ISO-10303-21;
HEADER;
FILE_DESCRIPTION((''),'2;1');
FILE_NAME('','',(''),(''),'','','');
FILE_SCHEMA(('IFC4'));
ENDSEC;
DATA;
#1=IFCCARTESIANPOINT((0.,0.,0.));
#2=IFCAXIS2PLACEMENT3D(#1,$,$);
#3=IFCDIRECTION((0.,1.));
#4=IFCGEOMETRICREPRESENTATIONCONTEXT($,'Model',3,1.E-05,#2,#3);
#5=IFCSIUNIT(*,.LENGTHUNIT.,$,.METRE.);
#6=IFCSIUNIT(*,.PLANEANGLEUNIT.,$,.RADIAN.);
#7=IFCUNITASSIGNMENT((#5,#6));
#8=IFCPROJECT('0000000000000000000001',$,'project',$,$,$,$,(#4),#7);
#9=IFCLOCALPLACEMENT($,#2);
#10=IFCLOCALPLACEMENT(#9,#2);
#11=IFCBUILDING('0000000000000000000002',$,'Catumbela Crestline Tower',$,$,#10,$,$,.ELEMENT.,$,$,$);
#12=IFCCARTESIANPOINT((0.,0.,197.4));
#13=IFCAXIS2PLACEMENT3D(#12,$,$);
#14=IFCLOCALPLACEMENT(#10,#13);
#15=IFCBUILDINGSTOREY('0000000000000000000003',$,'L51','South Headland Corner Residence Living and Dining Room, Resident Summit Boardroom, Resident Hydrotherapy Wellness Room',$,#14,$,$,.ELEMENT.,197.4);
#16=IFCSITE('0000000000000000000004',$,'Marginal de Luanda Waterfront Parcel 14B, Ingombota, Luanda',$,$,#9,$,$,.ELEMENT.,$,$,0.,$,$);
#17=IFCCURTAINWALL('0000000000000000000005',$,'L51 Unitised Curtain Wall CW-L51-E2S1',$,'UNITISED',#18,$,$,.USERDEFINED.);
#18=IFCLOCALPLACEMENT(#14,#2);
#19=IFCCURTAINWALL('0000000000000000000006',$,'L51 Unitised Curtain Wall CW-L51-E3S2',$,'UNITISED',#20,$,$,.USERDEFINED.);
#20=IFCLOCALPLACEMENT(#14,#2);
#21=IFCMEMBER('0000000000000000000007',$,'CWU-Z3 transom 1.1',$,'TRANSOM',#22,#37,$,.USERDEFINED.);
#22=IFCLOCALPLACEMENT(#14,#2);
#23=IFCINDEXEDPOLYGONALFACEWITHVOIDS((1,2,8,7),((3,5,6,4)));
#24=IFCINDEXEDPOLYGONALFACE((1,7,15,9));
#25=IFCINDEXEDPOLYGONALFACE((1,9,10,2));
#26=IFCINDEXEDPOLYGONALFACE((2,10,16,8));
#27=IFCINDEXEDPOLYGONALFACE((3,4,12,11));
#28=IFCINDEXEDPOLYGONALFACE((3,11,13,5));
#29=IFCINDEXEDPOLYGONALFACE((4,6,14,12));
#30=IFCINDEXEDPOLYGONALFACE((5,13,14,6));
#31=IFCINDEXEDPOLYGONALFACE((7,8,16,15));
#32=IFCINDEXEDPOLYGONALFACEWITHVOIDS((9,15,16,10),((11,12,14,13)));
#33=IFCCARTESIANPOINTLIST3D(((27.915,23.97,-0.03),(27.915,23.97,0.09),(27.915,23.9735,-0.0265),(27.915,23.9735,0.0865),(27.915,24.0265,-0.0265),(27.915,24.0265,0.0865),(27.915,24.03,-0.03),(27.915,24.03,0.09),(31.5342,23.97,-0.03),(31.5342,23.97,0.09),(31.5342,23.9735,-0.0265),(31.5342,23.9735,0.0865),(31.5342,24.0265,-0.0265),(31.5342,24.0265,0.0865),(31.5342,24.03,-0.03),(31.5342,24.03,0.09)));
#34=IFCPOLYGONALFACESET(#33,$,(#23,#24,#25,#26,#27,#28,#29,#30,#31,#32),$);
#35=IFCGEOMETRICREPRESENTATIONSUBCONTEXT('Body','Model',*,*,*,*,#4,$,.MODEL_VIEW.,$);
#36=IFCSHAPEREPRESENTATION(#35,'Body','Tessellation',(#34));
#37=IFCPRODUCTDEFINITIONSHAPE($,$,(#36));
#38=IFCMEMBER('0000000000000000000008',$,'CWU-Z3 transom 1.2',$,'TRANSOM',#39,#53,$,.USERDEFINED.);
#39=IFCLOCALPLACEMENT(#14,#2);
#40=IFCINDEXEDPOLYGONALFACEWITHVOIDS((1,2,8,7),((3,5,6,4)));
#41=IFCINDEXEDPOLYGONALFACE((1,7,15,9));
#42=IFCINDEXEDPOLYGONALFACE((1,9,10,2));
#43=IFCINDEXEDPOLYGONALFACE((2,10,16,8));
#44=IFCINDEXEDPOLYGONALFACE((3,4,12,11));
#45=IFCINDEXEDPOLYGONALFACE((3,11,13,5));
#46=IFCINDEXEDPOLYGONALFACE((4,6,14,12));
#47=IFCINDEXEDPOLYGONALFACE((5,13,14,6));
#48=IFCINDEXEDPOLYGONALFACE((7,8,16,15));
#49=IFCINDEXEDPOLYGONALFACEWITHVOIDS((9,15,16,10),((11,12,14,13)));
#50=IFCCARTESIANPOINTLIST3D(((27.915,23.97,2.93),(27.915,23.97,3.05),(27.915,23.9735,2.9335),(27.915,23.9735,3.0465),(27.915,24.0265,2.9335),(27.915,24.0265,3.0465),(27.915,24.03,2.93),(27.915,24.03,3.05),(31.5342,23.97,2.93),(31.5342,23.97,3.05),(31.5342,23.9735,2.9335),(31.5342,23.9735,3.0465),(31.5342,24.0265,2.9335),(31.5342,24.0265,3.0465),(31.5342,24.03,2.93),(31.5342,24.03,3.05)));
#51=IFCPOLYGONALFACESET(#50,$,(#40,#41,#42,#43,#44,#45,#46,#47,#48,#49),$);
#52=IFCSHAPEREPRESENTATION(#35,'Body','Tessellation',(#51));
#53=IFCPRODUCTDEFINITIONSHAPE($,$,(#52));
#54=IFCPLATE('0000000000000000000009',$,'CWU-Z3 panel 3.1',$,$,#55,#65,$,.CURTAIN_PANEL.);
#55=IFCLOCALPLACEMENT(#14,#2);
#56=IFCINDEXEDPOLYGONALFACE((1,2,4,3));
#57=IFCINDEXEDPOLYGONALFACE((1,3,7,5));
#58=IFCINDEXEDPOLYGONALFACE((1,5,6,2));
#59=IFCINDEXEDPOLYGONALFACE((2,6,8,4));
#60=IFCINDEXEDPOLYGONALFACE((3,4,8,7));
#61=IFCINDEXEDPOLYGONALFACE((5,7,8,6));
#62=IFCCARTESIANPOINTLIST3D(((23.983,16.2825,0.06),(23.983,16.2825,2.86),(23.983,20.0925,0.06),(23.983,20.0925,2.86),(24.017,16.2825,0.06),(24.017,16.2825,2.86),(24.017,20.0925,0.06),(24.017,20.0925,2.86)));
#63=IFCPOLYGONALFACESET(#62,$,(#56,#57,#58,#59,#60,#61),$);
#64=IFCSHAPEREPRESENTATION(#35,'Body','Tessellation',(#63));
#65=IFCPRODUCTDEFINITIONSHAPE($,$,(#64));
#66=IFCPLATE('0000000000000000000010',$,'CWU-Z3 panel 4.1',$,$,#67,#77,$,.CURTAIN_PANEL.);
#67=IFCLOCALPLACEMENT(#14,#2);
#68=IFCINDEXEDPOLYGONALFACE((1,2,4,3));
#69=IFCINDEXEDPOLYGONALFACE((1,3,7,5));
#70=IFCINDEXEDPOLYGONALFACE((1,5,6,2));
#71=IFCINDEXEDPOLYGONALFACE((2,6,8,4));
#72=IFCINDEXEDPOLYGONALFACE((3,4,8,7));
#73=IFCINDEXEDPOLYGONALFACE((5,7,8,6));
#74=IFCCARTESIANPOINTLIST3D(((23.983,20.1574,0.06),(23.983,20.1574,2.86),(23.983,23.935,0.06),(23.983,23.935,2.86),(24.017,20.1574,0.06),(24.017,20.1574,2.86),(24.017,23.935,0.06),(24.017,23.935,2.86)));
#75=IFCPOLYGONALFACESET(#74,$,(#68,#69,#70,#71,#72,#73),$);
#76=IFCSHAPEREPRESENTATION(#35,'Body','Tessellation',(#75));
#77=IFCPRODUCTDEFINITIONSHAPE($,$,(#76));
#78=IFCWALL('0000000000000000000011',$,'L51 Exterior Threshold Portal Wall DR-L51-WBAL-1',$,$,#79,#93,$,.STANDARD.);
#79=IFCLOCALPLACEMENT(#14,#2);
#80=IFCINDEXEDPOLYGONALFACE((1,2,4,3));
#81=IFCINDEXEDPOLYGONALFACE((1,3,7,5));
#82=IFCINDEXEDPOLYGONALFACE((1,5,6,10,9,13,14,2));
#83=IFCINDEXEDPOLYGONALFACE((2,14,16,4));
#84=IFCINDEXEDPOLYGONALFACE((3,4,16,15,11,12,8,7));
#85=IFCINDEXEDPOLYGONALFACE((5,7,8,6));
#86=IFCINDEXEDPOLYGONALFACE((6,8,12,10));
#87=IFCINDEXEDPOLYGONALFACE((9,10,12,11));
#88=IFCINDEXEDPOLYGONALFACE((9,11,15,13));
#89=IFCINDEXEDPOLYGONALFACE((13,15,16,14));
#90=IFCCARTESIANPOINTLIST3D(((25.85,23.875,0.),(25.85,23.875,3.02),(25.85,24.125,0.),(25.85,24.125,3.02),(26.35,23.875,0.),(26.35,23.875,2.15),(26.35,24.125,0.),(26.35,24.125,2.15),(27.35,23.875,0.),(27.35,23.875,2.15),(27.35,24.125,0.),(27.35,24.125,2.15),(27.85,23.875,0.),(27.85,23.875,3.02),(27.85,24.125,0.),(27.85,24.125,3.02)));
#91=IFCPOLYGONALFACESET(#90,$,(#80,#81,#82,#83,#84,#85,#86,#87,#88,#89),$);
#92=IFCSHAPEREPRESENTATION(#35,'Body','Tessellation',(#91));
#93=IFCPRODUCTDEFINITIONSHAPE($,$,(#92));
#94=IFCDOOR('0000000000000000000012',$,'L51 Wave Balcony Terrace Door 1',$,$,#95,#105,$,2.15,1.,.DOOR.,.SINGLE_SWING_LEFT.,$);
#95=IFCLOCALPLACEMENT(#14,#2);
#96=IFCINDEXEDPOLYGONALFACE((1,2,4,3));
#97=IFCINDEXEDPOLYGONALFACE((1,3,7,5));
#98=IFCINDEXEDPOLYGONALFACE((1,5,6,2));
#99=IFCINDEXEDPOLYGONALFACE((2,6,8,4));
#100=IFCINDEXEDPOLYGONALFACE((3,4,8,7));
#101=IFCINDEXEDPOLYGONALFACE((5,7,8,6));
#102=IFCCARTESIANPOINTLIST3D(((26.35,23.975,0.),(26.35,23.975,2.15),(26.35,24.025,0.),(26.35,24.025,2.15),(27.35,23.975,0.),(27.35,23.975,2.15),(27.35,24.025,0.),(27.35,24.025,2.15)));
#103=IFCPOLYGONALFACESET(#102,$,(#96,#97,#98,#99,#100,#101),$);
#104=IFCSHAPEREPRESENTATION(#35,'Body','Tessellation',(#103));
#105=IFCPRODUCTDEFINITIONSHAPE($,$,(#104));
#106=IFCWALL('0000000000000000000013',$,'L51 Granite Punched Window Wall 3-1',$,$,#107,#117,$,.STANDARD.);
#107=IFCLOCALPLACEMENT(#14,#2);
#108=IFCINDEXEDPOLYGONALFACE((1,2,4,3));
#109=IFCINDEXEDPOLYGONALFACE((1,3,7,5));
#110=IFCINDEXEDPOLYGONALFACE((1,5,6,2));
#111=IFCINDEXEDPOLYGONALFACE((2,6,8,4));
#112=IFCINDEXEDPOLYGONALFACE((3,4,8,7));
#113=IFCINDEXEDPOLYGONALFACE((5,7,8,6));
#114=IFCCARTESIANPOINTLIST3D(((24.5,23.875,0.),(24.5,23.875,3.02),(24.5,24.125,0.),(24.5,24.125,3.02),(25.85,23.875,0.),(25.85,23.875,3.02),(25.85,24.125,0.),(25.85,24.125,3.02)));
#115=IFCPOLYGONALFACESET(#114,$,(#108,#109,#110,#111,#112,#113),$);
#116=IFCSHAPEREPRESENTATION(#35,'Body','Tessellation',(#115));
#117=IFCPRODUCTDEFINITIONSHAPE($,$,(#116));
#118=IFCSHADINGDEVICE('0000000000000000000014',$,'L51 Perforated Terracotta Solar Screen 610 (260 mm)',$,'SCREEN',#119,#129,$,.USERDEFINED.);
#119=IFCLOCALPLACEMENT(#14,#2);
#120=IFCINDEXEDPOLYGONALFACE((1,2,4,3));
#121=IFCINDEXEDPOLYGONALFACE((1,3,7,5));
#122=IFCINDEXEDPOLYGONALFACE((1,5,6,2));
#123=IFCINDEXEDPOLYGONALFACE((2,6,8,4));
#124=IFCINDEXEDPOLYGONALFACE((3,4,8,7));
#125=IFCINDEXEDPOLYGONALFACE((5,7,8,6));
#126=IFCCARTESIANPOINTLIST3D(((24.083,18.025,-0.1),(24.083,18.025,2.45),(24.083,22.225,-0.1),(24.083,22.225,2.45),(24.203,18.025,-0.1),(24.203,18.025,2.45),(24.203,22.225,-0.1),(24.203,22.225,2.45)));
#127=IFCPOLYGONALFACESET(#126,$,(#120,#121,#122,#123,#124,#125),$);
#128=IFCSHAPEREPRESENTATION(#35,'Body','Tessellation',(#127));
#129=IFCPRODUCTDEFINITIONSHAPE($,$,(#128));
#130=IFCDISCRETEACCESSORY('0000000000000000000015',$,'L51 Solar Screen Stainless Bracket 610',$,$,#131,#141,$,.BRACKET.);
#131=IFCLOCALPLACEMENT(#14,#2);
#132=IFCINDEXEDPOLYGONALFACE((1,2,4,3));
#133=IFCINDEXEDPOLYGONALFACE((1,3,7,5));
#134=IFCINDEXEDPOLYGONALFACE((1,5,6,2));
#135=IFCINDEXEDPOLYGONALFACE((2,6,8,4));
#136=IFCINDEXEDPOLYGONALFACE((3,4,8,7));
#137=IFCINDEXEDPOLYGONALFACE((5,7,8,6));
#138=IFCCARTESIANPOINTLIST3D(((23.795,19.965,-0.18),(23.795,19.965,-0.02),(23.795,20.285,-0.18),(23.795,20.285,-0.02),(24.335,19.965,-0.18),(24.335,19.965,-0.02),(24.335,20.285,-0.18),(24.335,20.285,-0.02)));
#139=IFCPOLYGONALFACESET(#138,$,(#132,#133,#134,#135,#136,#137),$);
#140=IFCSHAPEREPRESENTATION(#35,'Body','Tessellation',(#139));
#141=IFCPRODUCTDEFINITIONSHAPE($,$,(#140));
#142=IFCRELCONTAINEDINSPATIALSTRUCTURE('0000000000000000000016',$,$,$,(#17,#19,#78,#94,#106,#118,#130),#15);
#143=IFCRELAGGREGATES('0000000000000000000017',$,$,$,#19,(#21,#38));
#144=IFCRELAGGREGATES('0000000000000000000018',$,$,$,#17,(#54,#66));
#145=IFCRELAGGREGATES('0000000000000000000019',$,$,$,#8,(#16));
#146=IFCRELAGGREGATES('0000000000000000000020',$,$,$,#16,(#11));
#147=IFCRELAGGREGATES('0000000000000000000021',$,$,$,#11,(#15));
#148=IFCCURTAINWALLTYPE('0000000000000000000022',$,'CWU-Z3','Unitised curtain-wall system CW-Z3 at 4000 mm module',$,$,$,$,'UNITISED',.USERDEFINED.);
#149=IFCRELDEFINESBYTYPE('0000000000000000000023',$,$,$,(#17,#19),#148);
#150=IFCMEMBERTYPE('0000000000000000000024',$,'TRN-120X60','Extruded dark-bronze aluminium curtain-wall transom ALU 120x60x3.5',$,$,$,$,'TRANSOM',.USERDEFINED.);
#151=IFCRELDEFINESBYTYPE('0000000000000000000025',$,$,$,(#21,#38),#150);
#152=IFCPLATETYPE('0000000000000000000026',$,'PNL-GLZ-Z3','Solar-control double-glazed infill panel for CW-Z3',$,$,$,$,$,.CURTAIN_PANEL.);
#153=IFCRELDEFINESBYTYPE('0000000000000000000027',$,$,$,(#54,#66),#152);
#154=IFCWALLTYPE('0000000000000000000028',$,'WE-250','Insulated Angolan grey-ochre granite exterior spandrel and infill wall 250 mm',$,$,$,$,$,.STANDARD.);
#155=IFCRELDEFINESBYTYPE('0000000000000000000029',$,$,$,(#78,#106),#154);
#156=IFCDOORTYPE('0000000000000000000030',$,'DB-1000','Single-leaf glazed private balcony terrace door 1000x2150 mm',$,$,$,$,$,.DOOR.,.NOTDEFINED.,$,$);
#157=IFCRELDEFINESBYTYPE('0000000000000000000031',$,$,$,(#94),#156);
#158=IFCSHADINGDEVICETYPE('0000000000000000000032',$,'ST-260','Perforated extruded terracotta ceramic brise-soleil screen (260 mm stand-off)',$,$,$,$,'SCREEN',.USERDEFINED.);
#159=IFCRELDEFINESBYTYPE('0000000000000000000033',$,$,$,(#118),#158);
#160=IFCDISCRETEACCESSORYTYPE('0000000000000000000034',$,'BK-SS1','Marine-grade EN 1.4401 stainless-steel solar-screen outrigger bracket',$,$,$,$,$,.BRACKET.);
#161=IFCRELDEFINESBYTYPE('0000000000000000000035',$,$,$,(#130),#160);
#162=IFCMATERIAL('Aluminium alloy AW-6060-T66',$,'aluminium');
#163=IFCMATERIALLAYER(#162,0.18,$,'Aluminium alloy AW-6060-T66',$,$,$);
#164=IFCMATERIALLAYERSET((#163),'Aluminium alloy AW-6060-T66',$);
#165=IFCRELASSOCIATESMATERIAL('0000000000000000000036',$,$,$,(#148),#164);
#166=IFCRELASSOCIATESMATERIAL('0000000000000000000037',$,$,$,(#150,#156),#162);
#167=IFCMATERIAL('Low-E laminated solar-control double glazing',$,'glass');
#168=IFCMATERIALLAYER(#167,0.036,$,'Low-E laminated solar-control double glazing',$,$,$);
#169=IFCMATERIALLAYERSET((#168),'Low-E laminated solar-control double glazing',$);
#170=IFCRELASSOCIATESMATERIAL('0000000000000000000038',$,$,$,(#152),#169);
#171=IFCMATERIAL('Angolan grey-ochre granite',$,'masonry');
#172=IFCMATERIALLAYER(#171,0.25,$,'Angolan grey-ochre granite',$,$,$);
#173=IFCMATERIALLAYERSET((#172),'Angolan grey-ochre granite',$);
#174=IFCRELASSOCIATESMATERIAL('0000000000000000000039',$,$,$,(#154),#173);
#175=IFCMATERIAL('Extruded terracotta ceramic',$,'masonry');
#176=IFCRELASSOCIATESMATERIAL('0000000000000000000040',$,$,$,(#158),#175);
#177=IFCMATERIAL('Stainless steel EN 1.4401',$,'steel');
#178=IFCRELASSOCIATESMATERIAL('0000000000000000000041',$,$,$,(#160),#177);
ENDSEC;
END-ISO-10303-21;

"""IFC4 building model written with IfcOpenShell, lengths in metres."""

from ifc_helpers import new_model, si_unit, direction, frame, frame_2d, origin, origin_2d, place, context, subcontext, project, spatial, rectangle, hollow_rectangle, extrude, material, layer, layer_set, material_profile, profile_set, type_object, element, fill, aggregate, save


model = new_model("IFC4")

# Units and contexts
model_context = context("Model", 3, precision=1e-05, world=origin(), true_north=direction((0.0, 1.0)))
body_context = subcontext(model_context, "Body", "Model", "MODEL_VIEW")
ifc_project = project(units=[si_unit("LENGTHUNIT", "METRE"), si_unit("PLANEANGLEUNIT", "RADIAN")], contexts=[model_context])

# Site, building, storey
site_placement = place(None, origin())
site = spatial("IfcSite", under=ifc_project, at=site_placement, Name="Marginal de Luanda Waterfront Parcel 14B, Ingombota, Luanda", CompositionType="ELEMENT", RefElevation=0.0)
building_placement = place(site_placement, origin())
building = spatial("IfcBuilding", under=site, at=building_placement, Name="Catumbela Crestline Tower", CompositionType="ELEMENT")
storey_placement = place(building_placement, frame((0.0, 0.0, 197.4)))
storey = spatial("IfcBuildingStorey", under=building, at=storey_placement, Name="L51", Description="South Headland Corner Residence Living and Dining Room, Resident Summit Boardroom, Resident Hydrotherapy Wellness Room", CompositionType="ELEMENT", Elevation=197.4)

# Curtain wall
ifc_material_1 = material(Name="Aluminium alloy AW-6060-T66", Category="aluminium")
ifc_layer_1 = layer(ifc_material_1, 0.18, Name="Aluminium alloy AW-6060-T66")
ifc_layer_set_1 = layer_set([ifc_layer_1], Name="Aluminium alloy AW-6060-T66")
curtain_wall_type = type_object("IfcCurtainWallType", Name="CWU-Z3", Description="Unitised curtain-wall system CW-Z3 at 4000 mm module", ElementType="UNITISED", PredefinedType="USERDEFINED", material=ifc_layer_set_1)
curtain_wall_1_placement = place(storey_placement, origin())
curtain_wall_1 = element("IfcCurtainWall", 1, at=curtain_wall_1_placement, inside=storey, type_object=curtain_wall_type, Name="L51 Unitised Curtain Wall CW-L51-E2S1", ObjectType="UNITISED", PredefinedType="USERDEFINED")

# Curtain wall
curtain_wall_2_placement = place(storey_placement, origin())
curtain_wall_2 = element("IfcCurtainWall", 2, at=curtain_wall_2_placement, inside=storey, type_object=curtain_wall_type, Name="L51 Unitised Curtain Wall CW-L51-E3S2", ObjectType="UNITISED", PredefinedType="USERDEFINED")

# Members
ifc_material_profile_1 = material_profile(ifc_material_1, hollow_rectangle(XDim=0.06, YDim=0.12, WallThickness=0.0035, at=origin_2d()), Name="ALU 120x60x3.5")
ifc_profile_set_1 = profile_set([ifc_material_profile_1], Name="Aluminium alloy AW-6060-T66")
member_type_1 = type_object("IfcMemberType", Name="TRN-120X60", Description="Extruded dark-bronze aluminium curtain-wall transom ALU 120x60x3.5", ElementType="TRANSOM", PredefinedType="USERDEFINED", material=ifc_profile_set_1)
member_1_placement = place(storey_placement, frame((27.915, 24.0, 0.03), z_axis=(1.0, 0.0, 0.0), x_axis=(0.0, 1.0, 0.0)))
member_1 = element("IfcMember", 3, at=member_1_placement, type_object=member_type_1, Name="CWU-Z3 transom 1.1", ObjectType="TRANSOM", PredefinedType="USERDEFINED", context=body_context, shape_type="SweptSolid", body=[
    extrude(hollow_rectangle(XDim=0.06, YDim=0.12, WallThickness=0.0035, at=origin_2d()), origin(), (0.0, 0.0, 1.0), 3.6192),
])
member_2_placement = place(storey_placement, frame((27.915, 24.0, 2.99), z_axis=(1.0, 0.0, 0.0), x_axis=(0.0, 1.0, 0.0)))
member_2 = element("IfcMember", 4, at=member_2_placement, type_object=member_type_1, Name="CWU-Z3 transom 1.2", ObjectType="TRANSOM", PredefinedType="USERDEFINED", context=body_context, shape_type="SweptSolid", body=[
    extrude(hollow_rectangle(XDim=0.06, YDim=0.12, WallThickness=0.0035, at=origin_2d()), origin(), (0.0, 0.0, 1.0), 3.6192),
])
aggregate(curtain_wall_2, [member_1, member_2])

# Plates
ifc_material_2 = material(Name="Low-E laminated solar-control double glazing", Category="glass")
ifc_layer_2 = layer(ifc_material_2, 0.036, Name="Low-E laminated solar-control double glazing")
ifc_layer_set_2 = layer_set([ifc_layer_2], Name="Low-E laminated solar-control double glazing")
plate_type = type_object("IfcPlateType", Name="PNL-GLZ-Z3", Description="Solar-control double-glazed infill panel for CW-Z3", PredefinedType="CURTAIN_PANEL", material=ifc_layer_set_2)
plate_1_placement = place(storey_placement, frame((24.0, 18.1875, 0.06), z_axis=(0.0, 0.0, 1.0), x_axis=(0.0, 1.0, 0.0)))
plate_1 = element("IfcPlate", 5, at=plate_1_placement, type_object=plate_type, Name="CWU-Z3 panel 3.1", PredefinedType="CURTAIN_PANEL", context=body_context, shape_type="SweptSolid", body=[
    extrude(rectangle(XDim=3.81, YDim=0.034, at=origin_2d()), origin(), (0.0, 0.0, 1.0), 2.8),
])
plate_2_placement = place(storey_placement, frame((24.0, 22.0462, 0.06), z_axis=(0.0, 0.0, 1.0), x_axis=(0.0, 1.0, 0.0)))
plate_2 = element("IfcPlate", 6, at=plate_2_placement, type_object=plate_type, Name="CWU-Z3 panel 4.1", PredefinedType="CURTAIN_PANEL", context=body_context, shape_type="SweptSolid", body=[
    extrude(rectangle(XDim=3.7775, YDim=0.034, at=origin_2d()), origin(), (0.0, 0.0, 1.0), 2.8),
])
aggregate(curtain_wall_1, [plate_1, plate_2])

# Wall, opening, door
ifc_material_3 = material(Name="Angolan grey-ochre granite", Category="masonry")
ifc_layer_3 = layer(ifc_material_3, 0.25, Name="Angolan grey-ochre granite")
ifc_layer_set_3 = layer_set([ifc_layer_3], Name="Angolan grey-ochre granite")
wall_type = type_object("IfcWallType", Name="WE-250", Description="Insulated Angolan grey-ochre granite exterior spandrel and infill wall 250 mm", PredefinedType="STANDARD", material=ifc_layer_set_3)
wall_1_placement = place(storey_placement, frame((25.85, 24.0, 0.0), z_axis=(0.0, 0.0, 1.0), x_axis=(1.0, 0.0, 0.0)))
wall_1 = element("IfcWall", 7, at=wall_1_placement, inside=storey, type_object=wall_type, Name="L51 Exterior Threshold Portal Wall DR-L51-WBAL-1", PredefinedType="STANDARD", context=body_context, shape_type="SweptSolid", body=[
    extrude(rectangle(XDim=2.0, YDim=0.25, at=frame_2d((1.0, 0.0))), origin(), (0.0, 0.0, 1.0), 3.02),
])
opening_placement = place(wall_1_placement, frame((0.5, 0.0, 0.0)))
opening = element("IfcOpeningElement", 8, at=opening_placement, cuts=wall_1, PredefinedType="OPENING", context=body_context, shape_type="SweptSolid", body=[
    extrude(rectangle(XDim=1.0, YDim=2.15, at=frame_2d((0.5, 1.075))), frame((0.0, 0.135, 0.0), z_axis=(0.0, -1.0, 0.0), x_axis=(1.0, 0.0, 0.0)), (0.0, 0.0, 1.0), 0.27),
])
door_type = type_object("IfcDoorType", Name="DB-1000", Description="Single-leaf glazed private balcony terrace door 1000x2150 mm", OperationType="NOTDEFINED", PredefinedType="DOOR", material=ifc_material_1)
door_placement = place(opening_placement, origin())
door = element("IfcDoor", 9, at=door_placement, inside=storey, type_object=door_type, Name="L51 Wave Balcony Terrace Door 1", OperationType="SINGLE_SWING_LEFT", OverallHeight=2.15, OverallWidth=1.0, PredefinedType="DOOR", context=body_context, shape_type="SweptSolid", body=[
    extrude(rectangle(XDim=1.0, YDim=2.15, at=frame_2d((0.5, 1.075))), frame((0.0, 0.025, 0.0), z_axis=(0.0, -1.0, 0.0), x_axis=(1.0, 0.0, 0.0)), (0.0, 0.0, 1.0), 0.05),
])
fill(opening, door)

# Wall
wall_2_placement = place(storey_placement, frame((24.5, 24.0, 0.0), z_axis=(0.0, 0.0, 1.0), x_axis=(1.0, 0.0, 0.0)))
element("IfcWall", 10, at=wall_2_placement, inside=storey, type_object=wall_type, Name="L51 Granite Punched Window Wall 3-1", PredefinedType="STANDARD", context=body_context, shape_type="SweptSolid", body=[
    extrude(rectangle(XDim=1.35, YDim=0.25, at=frame_2d((0.675, 0.0))), origin(), (0.0, 0.0, 1.0), 3.02),
])

# Shared definitions
ifc_material_4 = material(Name="Stainless steel EN 1.4401", Category="steel")

# Shading device
ifc_material_5 = material(Name="Extruded terracotta ceramic", Category="masonry")
shading_device_type = type_object("IfcShadingDeviceType", Name="ST-260", Description="Perforated extruded terracotta ceramic brise-soleil screen (260 mm stand-off)", ElementType="SCREEN", PredefinedType="USERDEFINED", material=ifc_material_5)
shading_device_placement = place(storey_placement, frame((24.143, 20.125, -0.1), z_axis=(0.0, 0.0, 1.0), x_axis=(0.0, 1.0, 0.0)))
element("IfcShadingDevice", 11, at=shading_device_placement, inside=storey, type_object=shading_device_type, Name="L51 Perforated Terracotta Solar Screen 610 (260 mm)", ObjectType="SCREEN", PredefinedType="USERDEFINED", context=body_context, shape_type="SweptSolid", body=[
    extrude(rectangle(XDim=4.2, YDim=0.12, at=origin_2d()), origin(), (0.0, 0.0, 1.0), 2.55),
])

# Discrete accessory
discrete_accessory_type = type_object("IfcDiscreteAccessoryType", Name="BK-SS1", Description="Marine-grade EN 1.4401 stainless-steel solar-screen outrigger bracket", PredefinedType="BRACKET", material=ifc_material_4)
discrete_accessory_placement = place(storey_placement, frame((24.065, 20.125, -0.18), z_axis=(0.0, 0.0, 1.0), x_axis=(0.0, 1.0, 0.0)))
element("IfcDiscreteAccessory", 12, at=discrete_accessory_placement, inside=storey, type_object=discrete_accessory_type, Name="L51 Solar Screen Stainless Bracket 610", PredefinedType="BRACKET", context=body_context, shape_type="SweptSolid", body=[
    extrude(rectangle(XDim=0.32, YDim=0.54, at=origin_2d()), origin(), (0.0, 0.0, 1.0), 0.16),
])

save(model, "model.ifc")
